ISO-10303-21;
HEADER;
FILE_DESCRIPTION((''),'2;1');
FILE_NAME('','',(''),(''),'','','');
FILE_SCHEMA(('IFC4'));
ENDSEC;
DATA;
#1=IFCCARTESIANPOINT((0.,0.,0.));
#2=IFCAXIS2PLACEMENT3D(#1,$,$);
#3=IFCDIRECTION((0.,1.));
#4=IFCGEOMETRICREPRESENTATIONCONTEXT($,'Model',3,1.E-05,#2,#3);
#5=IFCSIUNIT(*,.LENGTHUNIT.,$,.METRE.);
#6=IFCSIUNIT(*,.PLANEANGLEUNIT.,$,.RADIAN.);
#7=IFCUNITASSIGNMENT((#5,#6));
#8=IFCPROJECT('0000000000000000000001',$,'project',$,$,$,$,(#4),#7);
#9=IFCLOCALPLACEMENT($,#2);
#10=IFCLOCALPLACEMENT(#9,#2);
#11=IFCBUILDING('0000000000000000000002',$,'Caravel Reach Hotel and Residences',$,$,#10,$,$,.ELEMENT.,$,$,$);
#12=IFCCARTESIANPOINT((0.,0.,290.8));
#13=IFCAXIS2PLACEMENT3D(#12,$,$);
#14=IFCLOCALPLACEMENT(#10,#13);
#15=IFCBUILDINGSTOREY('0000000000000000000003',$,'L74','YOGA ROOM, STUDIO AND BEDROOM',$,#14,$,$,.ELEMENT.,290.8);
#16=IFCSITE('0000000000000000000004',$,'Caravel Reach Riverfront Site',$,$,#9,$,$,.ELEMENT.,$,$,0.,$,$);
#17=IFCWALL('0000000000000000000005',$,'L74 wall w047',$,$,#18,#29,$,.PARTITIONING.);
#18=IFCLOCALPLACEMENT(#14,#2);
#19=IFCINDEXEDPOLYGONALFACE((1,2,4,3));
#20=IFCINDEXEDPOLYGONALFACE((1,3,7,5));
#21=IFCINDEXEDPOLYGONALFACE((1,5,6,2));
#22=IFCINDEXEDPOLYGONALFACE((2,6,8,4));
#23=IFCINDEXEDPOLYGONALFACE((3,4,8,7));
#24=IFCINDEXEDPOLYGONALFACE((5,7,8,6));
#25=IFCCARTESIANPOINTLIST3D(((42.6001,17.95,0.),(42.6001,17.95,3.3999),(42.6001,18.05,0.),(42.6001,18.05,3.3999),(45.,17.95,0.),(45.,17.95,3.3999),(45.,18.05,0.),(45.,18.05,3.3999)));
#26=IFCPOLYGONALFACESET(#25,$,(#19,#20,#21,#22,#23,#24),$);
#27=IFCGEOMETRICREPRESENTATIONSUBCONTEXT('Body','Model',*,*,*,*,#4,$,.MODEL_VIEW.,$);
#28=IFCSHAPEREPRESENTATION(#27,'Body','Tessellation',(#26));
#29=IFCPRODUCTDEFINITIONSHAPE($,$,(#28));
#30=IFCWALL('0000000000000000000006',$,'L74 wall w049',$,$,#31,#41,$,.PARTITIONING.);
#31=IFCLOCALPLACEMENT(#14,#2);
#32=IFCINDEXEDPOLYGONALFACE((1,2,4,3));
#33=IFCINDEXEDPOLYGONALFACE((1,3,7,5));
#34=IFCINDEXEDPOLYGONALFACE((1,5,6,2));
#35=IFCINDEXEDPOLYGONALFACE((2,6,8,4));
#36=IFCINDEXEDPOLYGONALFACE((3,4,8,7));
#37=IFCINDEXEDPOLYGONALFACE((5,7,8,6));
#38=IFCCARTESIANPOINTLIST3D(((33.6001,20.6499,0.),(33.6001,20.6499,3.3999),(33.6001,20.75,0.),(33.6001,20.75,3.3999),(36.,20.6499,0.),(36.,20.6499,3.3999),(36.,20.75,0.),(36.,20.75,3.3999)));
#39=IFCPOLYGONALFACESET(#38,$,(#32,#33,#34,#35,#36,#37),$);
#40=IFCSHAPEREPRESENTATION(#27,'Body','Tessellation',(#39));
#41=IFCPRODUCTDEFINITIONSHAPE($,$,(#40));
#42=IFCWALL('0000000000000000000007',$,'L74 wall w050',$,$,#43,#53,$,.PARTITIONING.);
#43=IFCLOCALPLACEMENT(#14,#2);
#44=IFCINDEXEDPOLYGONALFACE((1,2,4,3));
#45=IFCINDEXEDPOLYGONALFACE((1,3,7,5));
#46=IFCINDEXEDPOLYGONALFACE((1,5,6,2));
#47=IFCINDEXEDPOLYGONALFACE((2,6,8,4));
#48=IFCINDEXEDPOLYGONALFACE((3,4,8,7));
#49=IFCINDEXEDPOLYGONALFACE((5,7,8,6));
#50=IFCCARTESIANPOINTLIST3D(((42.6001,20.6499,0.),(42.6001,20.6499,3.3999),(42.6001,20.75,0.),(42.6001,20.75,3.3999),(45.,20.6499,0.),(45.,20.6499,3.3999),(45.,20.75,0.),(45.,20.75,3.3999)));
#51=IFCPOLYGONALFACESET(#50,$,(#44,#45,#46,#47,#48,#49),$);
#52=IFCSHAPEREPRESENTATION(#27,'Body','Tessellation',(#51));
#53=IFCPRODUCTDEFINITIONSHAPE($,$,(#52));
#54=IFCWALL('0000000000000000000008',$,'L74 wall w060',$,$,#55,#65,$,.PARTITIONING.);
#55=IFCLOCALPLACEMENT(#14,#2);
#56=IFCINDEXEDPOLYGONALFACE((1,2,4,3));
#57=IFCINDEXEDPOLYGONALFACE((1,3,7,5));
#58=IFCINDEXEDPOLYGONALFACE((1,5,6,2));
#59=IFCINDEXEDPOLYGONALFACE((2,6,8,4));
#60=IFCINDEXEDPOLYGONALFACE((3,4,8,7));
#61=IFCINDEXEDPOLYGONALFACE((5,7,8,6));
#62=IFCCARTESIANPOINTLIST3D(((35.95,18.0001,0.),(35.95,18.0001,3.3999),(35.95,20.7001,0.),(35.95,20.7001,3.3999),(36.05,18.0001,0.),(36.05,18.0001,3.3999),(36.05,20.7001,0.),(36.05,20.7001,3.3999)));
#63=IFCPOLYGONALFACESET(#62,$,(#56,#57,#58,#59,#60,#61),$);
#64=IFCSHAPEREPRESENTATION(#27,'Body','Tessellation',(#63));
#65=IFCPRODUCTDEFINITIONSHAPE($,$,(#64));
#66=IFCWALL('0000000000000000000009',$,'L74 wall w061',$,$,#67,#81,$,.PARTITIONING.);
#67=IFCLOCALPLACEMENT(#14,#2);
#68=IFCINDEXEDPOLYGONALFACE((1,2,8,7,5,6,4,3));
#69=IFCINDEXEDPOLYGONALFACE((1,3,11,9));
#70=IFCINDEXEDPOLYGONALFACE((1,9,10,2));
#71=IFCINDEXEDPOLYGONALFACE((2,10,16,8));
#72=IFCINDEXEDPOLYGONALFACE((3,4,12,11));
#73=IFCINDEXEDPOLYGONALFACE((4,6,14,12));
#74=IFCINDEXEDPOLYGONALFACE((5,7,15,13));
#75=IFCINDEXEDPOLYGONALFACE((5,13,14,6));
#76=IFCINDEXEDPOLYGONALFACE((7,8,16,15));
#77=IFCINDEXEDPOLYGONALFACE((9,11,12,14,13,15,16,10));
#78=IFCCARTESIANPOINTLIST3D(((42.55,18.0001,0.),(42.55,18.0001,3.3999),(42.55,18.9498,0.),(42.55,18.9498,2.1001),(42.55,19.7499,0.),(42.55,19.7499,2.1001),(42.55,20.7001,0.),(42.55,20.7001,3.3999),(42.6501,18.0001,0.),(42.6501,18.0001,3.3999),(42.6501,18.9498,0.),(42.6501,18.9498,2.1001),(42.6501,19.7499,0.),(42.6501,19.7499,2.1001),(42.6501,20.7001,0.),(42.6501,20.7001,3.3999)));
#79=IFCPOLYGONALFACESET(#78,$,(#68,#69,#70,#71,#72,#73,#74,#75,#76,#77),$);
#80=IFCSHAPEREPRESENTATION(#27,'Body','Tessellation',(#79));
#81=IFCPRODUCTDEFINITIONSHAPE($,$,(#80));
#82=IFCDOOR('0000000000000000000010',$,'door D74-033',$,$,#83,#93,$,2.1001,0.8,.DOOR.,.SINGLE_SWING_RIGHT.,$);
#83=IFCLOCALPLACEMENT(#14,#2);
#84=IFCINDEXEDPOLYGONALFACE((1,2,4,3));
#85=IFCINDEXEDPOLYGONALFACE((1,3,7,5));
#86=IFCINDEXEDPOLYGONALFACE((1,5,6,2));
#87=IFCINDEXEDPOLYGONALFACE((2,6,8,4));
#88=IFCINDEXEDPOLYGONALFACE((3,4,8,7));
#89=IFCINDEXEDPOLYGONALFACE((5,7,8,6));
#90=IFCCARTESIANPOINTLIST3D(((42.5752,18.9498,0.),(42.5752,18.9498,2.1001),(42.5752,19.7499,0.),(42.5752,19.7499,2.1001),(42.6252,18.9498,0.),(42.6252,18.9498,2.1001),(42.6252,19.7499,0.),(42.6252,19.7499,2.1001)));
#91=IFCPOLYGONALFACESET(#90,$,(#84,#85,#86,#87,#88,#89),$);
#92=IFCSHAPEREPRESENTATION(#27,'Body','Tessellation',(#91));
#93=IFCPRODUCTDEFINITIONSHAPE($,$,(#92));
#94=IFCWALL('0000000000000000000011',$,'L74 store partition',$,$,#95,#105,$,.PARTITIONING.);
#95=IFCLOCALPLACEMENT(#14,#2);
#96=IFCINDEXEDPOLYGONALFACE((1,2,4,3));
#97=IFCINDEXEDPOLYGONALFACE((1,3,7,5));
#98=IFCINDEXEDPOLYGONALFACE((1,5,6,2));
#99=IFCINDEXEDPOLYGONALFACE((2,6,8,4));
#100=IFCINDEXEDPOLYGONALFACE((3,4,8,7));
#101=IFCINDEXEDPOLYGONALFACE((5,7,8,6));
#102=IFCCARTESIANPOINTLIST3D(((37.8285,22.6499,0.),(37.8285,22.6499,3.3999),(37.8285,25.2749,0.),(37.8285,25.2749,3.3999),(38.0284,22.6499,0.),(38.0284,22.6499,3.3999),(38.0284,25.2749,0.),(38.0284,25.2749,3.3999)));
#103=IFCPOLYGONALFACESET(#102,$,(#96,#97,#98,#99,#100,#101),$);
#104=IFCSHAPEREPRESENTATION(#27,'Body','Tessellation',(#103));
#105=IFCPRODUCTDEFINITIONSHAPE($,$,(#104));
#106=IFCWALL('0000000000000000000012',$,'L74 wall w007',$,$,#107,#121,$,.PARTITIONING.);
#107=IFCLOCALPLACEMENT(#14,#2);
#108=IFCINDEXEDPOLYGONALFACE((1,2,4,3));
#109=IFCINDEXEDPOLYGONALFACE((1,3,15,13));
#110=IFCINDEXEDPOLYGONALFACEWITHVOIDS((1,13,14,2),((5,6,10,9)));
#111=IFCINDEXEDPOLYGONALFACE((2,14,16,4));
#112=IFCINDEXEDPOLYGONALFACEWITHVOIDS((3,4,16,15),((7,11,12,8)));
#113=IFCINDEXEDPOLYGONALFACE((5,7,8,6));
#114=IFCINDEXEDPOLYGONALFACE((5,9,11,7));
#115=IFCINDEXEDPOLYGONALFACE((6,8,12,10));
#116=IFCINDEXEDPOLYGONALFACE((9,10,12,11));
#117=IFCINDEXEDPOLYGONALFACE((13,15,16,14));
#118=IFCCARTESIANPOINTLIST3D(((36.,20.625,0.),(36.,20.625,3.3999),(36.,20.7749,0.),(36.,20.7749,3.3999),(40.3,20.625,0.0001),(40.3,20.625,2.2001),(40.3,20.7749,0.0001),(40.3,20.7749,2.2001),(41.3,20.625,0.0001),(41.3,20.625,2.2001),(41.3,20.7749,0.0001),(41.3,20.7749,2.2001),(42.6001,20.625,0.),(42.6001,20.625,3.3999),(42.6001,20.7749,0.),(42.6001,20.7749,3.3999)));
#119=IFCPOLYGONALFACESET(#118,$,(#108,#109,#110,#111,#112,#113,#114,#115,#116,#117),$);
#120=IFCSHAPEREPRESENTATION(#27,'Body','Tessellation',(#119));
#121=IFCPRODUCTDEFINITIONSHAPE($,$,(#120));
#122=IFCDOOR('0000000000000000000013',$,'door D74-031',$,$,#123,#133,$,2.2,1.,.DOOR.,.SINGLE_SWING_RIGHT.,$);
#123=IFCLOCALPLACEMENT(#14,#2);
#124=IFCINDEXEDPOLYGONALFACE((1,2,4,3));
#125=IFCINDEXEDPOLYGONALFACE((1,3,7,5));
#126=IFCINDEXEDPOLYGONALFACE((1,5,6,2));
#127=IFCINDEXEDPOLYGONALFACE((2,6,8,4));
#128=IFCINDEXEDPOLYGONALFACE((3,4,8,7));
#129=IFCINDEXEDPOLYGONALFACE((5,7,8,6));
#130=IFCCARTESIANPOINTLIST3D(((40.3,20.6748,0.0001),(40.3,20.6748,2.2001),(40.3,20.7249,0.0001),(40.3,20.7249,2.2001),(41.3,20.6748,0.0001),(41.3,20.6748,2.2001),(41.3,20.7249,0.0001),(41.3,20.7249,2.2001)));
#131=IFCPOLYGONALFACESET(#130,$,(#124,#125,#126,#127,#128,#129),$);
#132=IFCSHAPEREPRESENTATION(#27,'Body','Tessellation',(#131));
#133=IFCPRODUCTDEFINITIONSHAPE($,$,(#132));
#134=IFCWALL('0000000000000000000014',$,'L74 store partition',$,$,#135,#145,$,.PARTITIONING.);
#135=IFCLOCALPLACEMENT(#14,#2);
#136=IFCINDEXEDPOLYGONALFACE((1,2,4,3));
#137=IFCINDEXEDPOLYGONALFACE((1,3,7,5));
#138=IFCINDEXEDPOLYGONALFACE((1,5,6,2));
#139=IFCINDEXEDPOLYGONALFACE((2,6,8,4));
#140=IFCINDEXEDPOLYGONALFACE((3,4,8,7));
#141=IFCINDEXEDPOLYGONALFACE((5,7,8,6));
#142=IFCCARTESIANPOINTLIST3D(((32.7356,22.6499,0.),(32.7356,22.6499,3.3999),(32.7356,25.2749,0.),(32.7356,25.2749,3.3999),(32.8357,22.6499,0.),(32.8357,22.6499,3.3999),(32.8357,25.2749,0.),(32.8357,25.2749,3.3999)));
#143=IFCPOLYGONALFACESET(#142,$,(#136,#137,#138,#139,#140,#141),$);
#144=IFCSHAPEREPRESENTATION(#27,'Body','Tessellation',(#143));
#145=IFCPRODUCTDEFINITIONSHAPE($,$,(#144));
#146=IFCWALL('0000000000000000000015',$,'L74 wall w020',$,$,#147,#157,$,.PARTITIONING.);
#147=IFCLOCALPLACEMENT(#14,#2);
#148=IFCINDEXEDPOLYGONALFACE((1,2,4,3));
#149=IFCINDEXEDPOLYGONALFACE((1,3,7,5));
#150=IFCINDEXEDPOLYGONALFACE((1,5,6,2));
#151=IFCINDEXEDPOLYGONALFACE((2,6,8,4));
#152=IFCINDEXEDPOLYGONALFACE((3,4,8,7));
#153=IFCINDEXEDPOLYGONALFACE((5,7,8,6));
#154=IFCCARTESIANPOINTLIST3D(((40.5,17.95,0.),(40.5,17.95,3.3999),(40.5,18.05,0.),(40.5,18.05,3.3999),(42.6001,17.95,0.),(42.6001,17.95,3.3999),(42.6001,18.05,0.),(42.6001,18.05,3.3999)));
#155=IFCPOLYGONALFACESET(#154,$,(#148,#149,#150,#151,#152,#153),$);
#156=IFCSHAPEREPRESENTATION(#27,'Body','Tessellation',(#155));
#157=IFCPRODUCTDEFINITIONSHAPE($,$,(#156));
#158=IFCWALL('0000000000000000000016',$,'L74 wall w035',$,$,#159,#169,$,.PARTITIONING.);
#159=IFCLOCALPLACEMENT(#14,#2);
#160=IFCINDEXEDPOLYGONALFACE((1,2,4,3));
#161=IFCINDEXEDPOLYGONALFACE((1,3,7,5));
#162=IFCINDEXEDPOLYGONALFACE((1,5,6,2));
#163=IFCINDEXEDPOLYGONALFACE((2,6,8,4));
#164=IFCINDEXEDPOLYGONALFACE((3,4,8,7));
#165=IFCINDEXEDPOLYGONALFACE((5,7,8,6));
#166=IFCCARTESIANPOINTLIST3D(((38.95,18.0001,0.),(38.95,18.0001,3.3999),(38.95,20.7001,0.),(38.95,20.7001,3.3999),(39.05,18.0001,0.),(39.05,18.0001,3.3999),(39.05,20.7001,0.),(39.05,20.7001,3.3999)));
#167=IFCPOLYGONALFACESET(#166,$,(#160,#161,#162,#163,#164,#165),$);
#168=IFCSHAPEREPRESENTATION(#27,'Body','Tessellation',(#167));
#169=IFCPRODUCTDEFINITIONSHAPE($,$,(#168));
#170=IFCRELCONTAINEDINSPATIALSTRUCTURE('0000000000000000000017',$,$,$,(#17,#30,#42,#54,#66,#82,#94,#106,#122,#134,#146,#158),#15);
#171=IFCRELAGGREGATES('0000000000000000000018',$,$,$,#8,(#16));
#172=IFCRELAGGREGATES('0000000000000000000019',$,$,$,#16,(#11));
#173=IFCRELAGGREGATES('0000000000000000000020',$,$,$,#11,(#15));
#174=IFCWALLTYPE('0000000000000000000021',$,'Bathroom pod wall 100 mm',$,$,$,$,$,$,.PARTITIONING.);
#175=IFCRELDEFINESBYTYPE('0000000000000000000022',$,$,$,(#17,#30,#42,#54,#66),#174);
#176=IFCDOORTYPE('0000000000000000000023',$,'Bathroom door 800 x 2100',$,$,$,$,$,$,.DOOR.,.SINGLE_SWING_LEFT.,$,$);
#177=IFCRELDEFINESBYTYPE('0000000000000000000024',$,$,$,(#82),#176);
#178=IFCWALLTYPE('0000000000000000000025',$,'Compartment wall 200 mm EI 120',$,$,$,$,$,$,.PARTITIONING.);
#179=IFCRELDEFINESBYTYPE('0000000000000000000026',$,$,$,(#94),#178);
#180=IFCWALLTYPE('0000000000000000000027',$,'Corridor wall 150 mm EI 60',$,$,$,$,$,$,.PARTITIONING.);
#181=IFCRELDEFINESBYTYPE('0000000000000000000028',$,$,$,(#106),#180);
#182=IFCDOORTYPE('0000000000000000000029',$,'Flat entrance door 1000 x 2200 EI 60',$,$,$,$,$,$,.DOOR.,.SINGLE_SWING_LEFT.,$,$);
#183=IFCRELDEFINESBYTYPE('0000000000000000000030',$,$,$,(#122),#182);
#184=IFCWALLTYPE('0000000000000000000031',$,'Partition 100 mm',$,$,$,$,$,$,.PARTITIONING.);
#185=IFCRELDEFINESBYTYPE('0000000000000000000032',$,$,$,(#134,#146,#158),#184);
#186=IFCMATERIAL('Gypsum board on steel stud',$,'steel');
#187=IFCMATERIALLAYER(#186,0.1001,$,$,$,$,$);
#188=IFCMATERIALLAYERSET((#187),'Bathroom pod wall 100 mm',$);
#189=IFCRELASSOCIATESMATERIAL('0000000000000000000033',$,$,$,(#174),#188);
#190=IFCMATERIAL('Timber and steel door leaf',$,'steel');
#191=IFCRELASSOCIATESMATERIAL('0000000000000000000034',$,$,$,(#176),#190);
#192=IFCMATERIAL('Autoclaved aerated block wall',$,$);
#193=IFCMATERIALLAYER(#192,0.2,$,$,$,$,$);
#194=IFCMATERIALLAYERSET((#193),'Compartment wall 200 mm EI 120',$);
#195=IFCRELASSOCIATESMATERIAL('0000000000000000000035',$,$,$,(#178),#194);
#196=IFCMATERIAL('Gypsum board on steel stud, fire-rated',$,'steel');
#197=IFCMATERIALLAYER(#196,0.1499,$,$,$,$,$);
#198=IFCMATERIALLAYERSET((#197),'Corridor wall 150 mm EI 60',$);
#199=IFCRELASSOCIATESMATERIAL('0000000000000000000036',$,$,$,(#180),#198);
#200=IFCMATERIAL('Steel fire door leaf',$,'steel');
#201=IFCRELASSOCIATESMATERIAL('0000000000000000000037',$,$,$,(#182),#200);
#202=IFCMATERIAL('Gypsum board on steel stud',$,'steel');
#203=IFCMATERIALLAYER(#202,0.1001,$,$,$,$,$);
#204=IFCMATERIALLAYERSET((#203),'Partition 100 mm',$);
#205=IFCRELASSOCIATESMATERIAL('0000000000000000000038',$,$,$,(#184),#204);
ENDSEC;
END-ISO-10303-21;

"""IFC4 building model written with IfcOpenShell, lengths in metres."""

from ifc_helpers import new_model, si_unit, direction, frame, frame_2d, origin, place, context, subcontext, project, spatial, rectangle, extrude, material, layer, layer_set, type_object, element, fill, save


model = new_model("IFC4")

# Units and contexts
model_context = context("Model", 3, precision=1e-05, world=origin(), true_north=direction((0.0, 1.0)))
body_context = subcontext(model_context, "Body", "Model", "MODEL_VIEW")
ifc_project = project(units=[si_unit("LENGTHUNIT", "METRE"), si_unit("PLANEANGLEUNIT", "RADIAN")], contexts=[model_context])

# Site, building, storey
site_placement = place(None, origin())
site = spatial("IfcSite", under=ifc_project, at=site_placement, Name="Caravel Reach Riverfront Site", CompositionType="ELEMENT", RefElevation=0.0)
building_placement = place(site_placement, origin())
building = spatial("IfcBuilding", under=site, at=building_placement, Name="Caravel Reach Hotel and Residences", CompositionType="ELEMENT")
storey_placement = place(building_placement, frame((0.0, 0.0, 290.8)))
storey = spatial("IfcBuildingStorey", under=building, at=storey_placement, Name="L74", Description="YOGA ROOM, STUDIO AND BEDROOM", CompositionType="ELEMENT", Elevation=290.8)

# Walls
ifc_material_1 = material(Name="Gypsum board on steel stud", Category="steel")
ifc_layer_1 = layer(ifc_material_1, 0.1001)
ifc_layer_set_1 = layer_set([ifc_layer_1], Name="Bathroom pod wall 100 mm")
wall_type_1 = type_object("IfcWallType", Name="Bathroom pod wall 100 mm", PredefinedType="PARTITIONING", material=ifc_layer_set_1)
for number, where, z_axis, x_axis, name in (
    (1, (42.6001, 18.0, 0.0), (0.0, 0.0, 1.0), (1.0, 0.0, 0.0), "L74 wall w047"),
    (2, (33.6001, 20.7, 0.0), (0.0, 0.0, 1.0), (1.0, 0.0, 0.0), "L74 wall w049"),
    (3, (42.6001, 20.7, 0.0), (0.0, 0.0, 1.0), (1.0, 0.0, 0.0), "L74 wall w050"),
):
    element("IfcWall", number, at=place(storey_placement, frame(where, z_axis=z_axis, x_axis=x_axis)), inside=storey, type_object=wall_type_1, Name=name, PredefinedType="PARTITIONING", context=body_context, shape_type="SweptSolid", body=[
        extrude(rectangle(XDim=2.3999, YDim=0.1001, at=frame_2d((1.2, 0.0))), origin(), (0.0, 0.0, 1.0), 3.3999),
    ])
wall_1_placement = place(storey_placement, frame((36.0, 18.0, 0.0), z_axis=(0.0, 0.0, 1.0), x_axis=(0.0, 1.0, 0.0)))
element("IfcWall", 4, at=wall_1_placement, inside=storey, type_object=wall_type_1, Name="L74 wall w060", PredefinedType="PARTITIONING", context=body_context, shape_type="SweptSolid", body=[
    extrude(rectangle(XDim=2.7, YDim=0.1001, at=frame_2d((1.3501, 0.0))), origin(), (0.0, 0.0, 1.0), 3.3999),
])

# Wall, opening, door
wall_2_placement = place(storey_placement, frame((42.6001, 18.0, 0.0), z_axis=(0.0, 0.0, 1.0), x_axis=(0.0, 1.0, 0.0)))
wall_2 = element("IfcWall", 5, at=wall_2_placement, inside=storey, type_object=wall_type_1, Name="L74 wall w061", PredefinedType="PARTITIONING", context=body_context, shape_type="SweptSolid", body=[
    extrude(rectangle(XDim=2.7, YDim=0.1001, at=frame_2d((1.3501, 0.0))), origin(), (0.0, 0.0, 1.0), 3.3999),
])
opening_1_placement = place(wall_2_placement, frame((0.95, 0.0, 0.0)))
opening_1 = element("IfcOpeningElement", 6, at=opening_1_placement, cuts=wall_2, PredefinedType="OPENING", context=body_context, shape_type="SweptSolid", body=[
    extrude(rectangle(XDim=0.8, YDim=2.1001, at=frame_2d((0.3999, 1.05))), frame((0.0, 0.0601, 0.0), z_axis=(0.0, -1.0, 0.0), x_axis=(1.0, 0.0, 0.0)), (0.0, 0.0, 1.0), 0.1201),
])
ifc_material_2 = material(Name="Timber and steel door leaf", Category="steel")
door_type_1 = type_object("IfcDoorType", Name="Bathroom door 800 x 2100", OperationType="SINGLE_SWING_LEFT", PredefinedType="DOOR", material=ifc_material_2)
door_1_placement = place(opening_1_placement, origin())
door_1 = element("IfcDoor", 7, at=door_1_placement, inside=storey, type_object=door_type_1, Name="door D74-033", OperationType="SINGLE_SWING_RIGHT", OverallHeight=2.1001, OverallWidth=0.8, PredefinedType="DOOR", context=body_context, shape_type="SweptSolid", body=[
    extrude(rectangle(XDim=0.8, YDim=2.1001, at=frame_2d((0.3999, 1.05))), frame((0.0, 0.0249, 0.0), z_axis=(0.0, -1.0, 0.0), x_axis=(1.0, 0.0, 0.0)), (0.0, 0.0, 1.0), 0.05),
])
fill(opening_1, door_1)

# Wall
ifc_material_3 = material(Name="Autoclaved aerated block wall")
ifc_layer_2 = layer(ifc_material_3, 0.2)
ifc_layer_set_2 = layer_set([ifc_layer_2], Name="Compartment wall 200 mm EI 120")
wall_type_2 = type_object("IfcWallType", Name="Compartment wall 200 mm EI 120", PredefinedType="PARTITIONING", material=ifc_layer_set_2)
wall_3_placement = place(storey_placement, frame((37.9285, 22.6499, 0.0), z_axis=(0.0, 0.0, 1.0), x_axis=(0.0, 1.0, 0.0)))
element("IfcWall", 8, at=wall_3_placement, inside=storey, type_object=wall_type_2, Name="L74 store partition", PredefinedType="PARTITIONING", context=body_context, shape_type="SweptSolid", body=[
    extrude(rectangle(XDim=2.625, YDim=0.2, at=frame_2d((1.3125, 0.0))), origin(), (0.0, 0.0, 1.0), 3.3999),
])

# Wall, opening, door
ifc_material_4 = material(Name="Gypsum board on steel stud, fire-rated", Category="steel")
ifc_layer_3 = layer(ifc_material_4, 0.1499)
ifc_layer_set_3 = layer_set([ifc_layer_3], Name="Corridor wall 150 mm EI 60")
wall_type_3 = type_object("IfcWallType", Name="Corridor wall 150 mm EI 60", PredefinedType="PARTITIONING", material=ifc_layer_set_3)
wall_4_placement = place(storey_placement, frame((36.0, 20.7, 0.0), z_axis=(0.0, 0.0, 1.0), x_axis=(1.0, 0.0, 0.0)))
wall_4 = element("IfcWall", 9, at=wall_4_placement, inside=storey, type_object=wall_type_3, Name="L74 wall w007", PredefinedType="PARTITIONING", context=body_context, shape_type="SweptSolid", body=[
    extrude(rectangle(XDim=6.6001, YDim=0.1499, at=frame_2d((3.3, 0.0))), origin(), (0.0, 0.0, 1.0), 3.3999),
])
opening_2_placement = place(wall_4_placement, frame((4.3, 0.0, 0.0)))
opening_2 = element("IfcOpeningElement", 10, at=opening_2_placement, cuts=wall_4, PredefinedType="OPENING", context=body_context, shape_type="SweptSolid", body=[
    extrude(rectangle(XDim=1.0, YDim=2.2, at=frame_2d((0.5, 1.1001))), frame((0.0, 0.085, 0.0), z_axis=(0.0, -1.0, 0.0), x_axis=(1.0, 0.0, 0.0)), (0.0, 0.0, 1.0), 0.1699),
])
ifc_material_5 = material(Name="Steel fire door leaf", Category="steel")
door_type_2 = type_object("IfcDoorType", Name="Flat entrance door 1000 x 2200 EI 60", OperationType="SINGLE_SWING_LEFT", PredefinedType="DOOR", material=ifc_material_5)
door_2_placement = place(opening_2_placement, origin())
door_2 = element("IfcDoor", 11, at=door_2_placement, inside=storey, type_object=door_type_2, Name="door D74-031", OperationType="SINGLE_SWING_RIGHT", OverallHeight=2.2, OverallWidth=1.0, PredefinedType="DOOR", context=body_context, shape_type="SweptSolid", body=[
    extrude(rectangle(XDim=1.0, YDim=2.2, at=frame_2d((0.5, 1.1001))), frame((0.0, 0.0249, 0.0), z_axis=(0.0, -1.0, 0.0), x_axis=(1.0, 0.0, 0.0)), (0.0, 0.0, 1.0), 0.05),
])
fill(opening_2, door_2)

# Walls
ifc_material_6 = material(Name="Gypsum board on steel stud", Category="steel")
ifc_layer_4 = layer(ifc_material_6, 0.1001)
ifc_layer_set_4 = layer_set([ifc_layer_4], Name="Partition 100 mm")
wall_type_4 = type_object("IfcWallType", Name="Partition 100 mm", PredefinedType="PARTITIONING", material=ifc_layer_set_4)
wall_5_placement = place(storey_placement, frame((32.7856, 22.6499, 0.0), z_axis=(0.0, 0.0, 1.0), x_axis=(0.0, 1.0, 0.0)))
element("IfcWall", 12, at=wall_5_placement, inside=storey, type_object=wall_type_4, Name="L74 store partition", PredefinedType="PARTITIONING", context=body_context, shape_type="SweptSolid", body=[
    extrude(rectangle(XDim=2.625, YDim=0.1001, at=frame_2d((1.3125, 0.0))), origin(), (0.0, 0.0, 1.0), 3.3999),
])
wall_6_placement = place(storey_placement, frame((40.5, 18.0, 0.0), z_axis=(0.0, 0.0, 1.0), x_axis=(1.0, 0.0, 0.0)))
element("IfcWall", 13, at=wall_6_placement, inside=storey, type_object=wall_type_4, Name="L74 wall w020", PredefinedType="PARTITIONING", context=body_context, shape_type="SweptSolid", body=[
    extrude(rectangle(XDim=2.1001, YDim=0.1001, at=frame_2d((1.05, 0.0))), origin(), (0.0, 0.0, 1.0), 3.3999),
])
wall_7_placement = place(storey_placement, frame((39.0, 18.0, 0.0), z_axis=(0.0, 0.0, 1.0), x_axis=(0.0, 1.0, 0.0)))
element("IfcWall", 14, at=wall_7_placement, inside=storey, type_object=wall_type_4, Name="L74 wall w035", PredefinedType="PARTITIONING", context=body_context, shape_type="SweptSolid", body=[
    extrude(rectangle(XDim=2.7, YDim=0.1001, at=frame_2d((1.3501, 0.0))), origin(), (0.0, 0.0, 1.0), 3.3999),
])

save(model, "model.ifc")
